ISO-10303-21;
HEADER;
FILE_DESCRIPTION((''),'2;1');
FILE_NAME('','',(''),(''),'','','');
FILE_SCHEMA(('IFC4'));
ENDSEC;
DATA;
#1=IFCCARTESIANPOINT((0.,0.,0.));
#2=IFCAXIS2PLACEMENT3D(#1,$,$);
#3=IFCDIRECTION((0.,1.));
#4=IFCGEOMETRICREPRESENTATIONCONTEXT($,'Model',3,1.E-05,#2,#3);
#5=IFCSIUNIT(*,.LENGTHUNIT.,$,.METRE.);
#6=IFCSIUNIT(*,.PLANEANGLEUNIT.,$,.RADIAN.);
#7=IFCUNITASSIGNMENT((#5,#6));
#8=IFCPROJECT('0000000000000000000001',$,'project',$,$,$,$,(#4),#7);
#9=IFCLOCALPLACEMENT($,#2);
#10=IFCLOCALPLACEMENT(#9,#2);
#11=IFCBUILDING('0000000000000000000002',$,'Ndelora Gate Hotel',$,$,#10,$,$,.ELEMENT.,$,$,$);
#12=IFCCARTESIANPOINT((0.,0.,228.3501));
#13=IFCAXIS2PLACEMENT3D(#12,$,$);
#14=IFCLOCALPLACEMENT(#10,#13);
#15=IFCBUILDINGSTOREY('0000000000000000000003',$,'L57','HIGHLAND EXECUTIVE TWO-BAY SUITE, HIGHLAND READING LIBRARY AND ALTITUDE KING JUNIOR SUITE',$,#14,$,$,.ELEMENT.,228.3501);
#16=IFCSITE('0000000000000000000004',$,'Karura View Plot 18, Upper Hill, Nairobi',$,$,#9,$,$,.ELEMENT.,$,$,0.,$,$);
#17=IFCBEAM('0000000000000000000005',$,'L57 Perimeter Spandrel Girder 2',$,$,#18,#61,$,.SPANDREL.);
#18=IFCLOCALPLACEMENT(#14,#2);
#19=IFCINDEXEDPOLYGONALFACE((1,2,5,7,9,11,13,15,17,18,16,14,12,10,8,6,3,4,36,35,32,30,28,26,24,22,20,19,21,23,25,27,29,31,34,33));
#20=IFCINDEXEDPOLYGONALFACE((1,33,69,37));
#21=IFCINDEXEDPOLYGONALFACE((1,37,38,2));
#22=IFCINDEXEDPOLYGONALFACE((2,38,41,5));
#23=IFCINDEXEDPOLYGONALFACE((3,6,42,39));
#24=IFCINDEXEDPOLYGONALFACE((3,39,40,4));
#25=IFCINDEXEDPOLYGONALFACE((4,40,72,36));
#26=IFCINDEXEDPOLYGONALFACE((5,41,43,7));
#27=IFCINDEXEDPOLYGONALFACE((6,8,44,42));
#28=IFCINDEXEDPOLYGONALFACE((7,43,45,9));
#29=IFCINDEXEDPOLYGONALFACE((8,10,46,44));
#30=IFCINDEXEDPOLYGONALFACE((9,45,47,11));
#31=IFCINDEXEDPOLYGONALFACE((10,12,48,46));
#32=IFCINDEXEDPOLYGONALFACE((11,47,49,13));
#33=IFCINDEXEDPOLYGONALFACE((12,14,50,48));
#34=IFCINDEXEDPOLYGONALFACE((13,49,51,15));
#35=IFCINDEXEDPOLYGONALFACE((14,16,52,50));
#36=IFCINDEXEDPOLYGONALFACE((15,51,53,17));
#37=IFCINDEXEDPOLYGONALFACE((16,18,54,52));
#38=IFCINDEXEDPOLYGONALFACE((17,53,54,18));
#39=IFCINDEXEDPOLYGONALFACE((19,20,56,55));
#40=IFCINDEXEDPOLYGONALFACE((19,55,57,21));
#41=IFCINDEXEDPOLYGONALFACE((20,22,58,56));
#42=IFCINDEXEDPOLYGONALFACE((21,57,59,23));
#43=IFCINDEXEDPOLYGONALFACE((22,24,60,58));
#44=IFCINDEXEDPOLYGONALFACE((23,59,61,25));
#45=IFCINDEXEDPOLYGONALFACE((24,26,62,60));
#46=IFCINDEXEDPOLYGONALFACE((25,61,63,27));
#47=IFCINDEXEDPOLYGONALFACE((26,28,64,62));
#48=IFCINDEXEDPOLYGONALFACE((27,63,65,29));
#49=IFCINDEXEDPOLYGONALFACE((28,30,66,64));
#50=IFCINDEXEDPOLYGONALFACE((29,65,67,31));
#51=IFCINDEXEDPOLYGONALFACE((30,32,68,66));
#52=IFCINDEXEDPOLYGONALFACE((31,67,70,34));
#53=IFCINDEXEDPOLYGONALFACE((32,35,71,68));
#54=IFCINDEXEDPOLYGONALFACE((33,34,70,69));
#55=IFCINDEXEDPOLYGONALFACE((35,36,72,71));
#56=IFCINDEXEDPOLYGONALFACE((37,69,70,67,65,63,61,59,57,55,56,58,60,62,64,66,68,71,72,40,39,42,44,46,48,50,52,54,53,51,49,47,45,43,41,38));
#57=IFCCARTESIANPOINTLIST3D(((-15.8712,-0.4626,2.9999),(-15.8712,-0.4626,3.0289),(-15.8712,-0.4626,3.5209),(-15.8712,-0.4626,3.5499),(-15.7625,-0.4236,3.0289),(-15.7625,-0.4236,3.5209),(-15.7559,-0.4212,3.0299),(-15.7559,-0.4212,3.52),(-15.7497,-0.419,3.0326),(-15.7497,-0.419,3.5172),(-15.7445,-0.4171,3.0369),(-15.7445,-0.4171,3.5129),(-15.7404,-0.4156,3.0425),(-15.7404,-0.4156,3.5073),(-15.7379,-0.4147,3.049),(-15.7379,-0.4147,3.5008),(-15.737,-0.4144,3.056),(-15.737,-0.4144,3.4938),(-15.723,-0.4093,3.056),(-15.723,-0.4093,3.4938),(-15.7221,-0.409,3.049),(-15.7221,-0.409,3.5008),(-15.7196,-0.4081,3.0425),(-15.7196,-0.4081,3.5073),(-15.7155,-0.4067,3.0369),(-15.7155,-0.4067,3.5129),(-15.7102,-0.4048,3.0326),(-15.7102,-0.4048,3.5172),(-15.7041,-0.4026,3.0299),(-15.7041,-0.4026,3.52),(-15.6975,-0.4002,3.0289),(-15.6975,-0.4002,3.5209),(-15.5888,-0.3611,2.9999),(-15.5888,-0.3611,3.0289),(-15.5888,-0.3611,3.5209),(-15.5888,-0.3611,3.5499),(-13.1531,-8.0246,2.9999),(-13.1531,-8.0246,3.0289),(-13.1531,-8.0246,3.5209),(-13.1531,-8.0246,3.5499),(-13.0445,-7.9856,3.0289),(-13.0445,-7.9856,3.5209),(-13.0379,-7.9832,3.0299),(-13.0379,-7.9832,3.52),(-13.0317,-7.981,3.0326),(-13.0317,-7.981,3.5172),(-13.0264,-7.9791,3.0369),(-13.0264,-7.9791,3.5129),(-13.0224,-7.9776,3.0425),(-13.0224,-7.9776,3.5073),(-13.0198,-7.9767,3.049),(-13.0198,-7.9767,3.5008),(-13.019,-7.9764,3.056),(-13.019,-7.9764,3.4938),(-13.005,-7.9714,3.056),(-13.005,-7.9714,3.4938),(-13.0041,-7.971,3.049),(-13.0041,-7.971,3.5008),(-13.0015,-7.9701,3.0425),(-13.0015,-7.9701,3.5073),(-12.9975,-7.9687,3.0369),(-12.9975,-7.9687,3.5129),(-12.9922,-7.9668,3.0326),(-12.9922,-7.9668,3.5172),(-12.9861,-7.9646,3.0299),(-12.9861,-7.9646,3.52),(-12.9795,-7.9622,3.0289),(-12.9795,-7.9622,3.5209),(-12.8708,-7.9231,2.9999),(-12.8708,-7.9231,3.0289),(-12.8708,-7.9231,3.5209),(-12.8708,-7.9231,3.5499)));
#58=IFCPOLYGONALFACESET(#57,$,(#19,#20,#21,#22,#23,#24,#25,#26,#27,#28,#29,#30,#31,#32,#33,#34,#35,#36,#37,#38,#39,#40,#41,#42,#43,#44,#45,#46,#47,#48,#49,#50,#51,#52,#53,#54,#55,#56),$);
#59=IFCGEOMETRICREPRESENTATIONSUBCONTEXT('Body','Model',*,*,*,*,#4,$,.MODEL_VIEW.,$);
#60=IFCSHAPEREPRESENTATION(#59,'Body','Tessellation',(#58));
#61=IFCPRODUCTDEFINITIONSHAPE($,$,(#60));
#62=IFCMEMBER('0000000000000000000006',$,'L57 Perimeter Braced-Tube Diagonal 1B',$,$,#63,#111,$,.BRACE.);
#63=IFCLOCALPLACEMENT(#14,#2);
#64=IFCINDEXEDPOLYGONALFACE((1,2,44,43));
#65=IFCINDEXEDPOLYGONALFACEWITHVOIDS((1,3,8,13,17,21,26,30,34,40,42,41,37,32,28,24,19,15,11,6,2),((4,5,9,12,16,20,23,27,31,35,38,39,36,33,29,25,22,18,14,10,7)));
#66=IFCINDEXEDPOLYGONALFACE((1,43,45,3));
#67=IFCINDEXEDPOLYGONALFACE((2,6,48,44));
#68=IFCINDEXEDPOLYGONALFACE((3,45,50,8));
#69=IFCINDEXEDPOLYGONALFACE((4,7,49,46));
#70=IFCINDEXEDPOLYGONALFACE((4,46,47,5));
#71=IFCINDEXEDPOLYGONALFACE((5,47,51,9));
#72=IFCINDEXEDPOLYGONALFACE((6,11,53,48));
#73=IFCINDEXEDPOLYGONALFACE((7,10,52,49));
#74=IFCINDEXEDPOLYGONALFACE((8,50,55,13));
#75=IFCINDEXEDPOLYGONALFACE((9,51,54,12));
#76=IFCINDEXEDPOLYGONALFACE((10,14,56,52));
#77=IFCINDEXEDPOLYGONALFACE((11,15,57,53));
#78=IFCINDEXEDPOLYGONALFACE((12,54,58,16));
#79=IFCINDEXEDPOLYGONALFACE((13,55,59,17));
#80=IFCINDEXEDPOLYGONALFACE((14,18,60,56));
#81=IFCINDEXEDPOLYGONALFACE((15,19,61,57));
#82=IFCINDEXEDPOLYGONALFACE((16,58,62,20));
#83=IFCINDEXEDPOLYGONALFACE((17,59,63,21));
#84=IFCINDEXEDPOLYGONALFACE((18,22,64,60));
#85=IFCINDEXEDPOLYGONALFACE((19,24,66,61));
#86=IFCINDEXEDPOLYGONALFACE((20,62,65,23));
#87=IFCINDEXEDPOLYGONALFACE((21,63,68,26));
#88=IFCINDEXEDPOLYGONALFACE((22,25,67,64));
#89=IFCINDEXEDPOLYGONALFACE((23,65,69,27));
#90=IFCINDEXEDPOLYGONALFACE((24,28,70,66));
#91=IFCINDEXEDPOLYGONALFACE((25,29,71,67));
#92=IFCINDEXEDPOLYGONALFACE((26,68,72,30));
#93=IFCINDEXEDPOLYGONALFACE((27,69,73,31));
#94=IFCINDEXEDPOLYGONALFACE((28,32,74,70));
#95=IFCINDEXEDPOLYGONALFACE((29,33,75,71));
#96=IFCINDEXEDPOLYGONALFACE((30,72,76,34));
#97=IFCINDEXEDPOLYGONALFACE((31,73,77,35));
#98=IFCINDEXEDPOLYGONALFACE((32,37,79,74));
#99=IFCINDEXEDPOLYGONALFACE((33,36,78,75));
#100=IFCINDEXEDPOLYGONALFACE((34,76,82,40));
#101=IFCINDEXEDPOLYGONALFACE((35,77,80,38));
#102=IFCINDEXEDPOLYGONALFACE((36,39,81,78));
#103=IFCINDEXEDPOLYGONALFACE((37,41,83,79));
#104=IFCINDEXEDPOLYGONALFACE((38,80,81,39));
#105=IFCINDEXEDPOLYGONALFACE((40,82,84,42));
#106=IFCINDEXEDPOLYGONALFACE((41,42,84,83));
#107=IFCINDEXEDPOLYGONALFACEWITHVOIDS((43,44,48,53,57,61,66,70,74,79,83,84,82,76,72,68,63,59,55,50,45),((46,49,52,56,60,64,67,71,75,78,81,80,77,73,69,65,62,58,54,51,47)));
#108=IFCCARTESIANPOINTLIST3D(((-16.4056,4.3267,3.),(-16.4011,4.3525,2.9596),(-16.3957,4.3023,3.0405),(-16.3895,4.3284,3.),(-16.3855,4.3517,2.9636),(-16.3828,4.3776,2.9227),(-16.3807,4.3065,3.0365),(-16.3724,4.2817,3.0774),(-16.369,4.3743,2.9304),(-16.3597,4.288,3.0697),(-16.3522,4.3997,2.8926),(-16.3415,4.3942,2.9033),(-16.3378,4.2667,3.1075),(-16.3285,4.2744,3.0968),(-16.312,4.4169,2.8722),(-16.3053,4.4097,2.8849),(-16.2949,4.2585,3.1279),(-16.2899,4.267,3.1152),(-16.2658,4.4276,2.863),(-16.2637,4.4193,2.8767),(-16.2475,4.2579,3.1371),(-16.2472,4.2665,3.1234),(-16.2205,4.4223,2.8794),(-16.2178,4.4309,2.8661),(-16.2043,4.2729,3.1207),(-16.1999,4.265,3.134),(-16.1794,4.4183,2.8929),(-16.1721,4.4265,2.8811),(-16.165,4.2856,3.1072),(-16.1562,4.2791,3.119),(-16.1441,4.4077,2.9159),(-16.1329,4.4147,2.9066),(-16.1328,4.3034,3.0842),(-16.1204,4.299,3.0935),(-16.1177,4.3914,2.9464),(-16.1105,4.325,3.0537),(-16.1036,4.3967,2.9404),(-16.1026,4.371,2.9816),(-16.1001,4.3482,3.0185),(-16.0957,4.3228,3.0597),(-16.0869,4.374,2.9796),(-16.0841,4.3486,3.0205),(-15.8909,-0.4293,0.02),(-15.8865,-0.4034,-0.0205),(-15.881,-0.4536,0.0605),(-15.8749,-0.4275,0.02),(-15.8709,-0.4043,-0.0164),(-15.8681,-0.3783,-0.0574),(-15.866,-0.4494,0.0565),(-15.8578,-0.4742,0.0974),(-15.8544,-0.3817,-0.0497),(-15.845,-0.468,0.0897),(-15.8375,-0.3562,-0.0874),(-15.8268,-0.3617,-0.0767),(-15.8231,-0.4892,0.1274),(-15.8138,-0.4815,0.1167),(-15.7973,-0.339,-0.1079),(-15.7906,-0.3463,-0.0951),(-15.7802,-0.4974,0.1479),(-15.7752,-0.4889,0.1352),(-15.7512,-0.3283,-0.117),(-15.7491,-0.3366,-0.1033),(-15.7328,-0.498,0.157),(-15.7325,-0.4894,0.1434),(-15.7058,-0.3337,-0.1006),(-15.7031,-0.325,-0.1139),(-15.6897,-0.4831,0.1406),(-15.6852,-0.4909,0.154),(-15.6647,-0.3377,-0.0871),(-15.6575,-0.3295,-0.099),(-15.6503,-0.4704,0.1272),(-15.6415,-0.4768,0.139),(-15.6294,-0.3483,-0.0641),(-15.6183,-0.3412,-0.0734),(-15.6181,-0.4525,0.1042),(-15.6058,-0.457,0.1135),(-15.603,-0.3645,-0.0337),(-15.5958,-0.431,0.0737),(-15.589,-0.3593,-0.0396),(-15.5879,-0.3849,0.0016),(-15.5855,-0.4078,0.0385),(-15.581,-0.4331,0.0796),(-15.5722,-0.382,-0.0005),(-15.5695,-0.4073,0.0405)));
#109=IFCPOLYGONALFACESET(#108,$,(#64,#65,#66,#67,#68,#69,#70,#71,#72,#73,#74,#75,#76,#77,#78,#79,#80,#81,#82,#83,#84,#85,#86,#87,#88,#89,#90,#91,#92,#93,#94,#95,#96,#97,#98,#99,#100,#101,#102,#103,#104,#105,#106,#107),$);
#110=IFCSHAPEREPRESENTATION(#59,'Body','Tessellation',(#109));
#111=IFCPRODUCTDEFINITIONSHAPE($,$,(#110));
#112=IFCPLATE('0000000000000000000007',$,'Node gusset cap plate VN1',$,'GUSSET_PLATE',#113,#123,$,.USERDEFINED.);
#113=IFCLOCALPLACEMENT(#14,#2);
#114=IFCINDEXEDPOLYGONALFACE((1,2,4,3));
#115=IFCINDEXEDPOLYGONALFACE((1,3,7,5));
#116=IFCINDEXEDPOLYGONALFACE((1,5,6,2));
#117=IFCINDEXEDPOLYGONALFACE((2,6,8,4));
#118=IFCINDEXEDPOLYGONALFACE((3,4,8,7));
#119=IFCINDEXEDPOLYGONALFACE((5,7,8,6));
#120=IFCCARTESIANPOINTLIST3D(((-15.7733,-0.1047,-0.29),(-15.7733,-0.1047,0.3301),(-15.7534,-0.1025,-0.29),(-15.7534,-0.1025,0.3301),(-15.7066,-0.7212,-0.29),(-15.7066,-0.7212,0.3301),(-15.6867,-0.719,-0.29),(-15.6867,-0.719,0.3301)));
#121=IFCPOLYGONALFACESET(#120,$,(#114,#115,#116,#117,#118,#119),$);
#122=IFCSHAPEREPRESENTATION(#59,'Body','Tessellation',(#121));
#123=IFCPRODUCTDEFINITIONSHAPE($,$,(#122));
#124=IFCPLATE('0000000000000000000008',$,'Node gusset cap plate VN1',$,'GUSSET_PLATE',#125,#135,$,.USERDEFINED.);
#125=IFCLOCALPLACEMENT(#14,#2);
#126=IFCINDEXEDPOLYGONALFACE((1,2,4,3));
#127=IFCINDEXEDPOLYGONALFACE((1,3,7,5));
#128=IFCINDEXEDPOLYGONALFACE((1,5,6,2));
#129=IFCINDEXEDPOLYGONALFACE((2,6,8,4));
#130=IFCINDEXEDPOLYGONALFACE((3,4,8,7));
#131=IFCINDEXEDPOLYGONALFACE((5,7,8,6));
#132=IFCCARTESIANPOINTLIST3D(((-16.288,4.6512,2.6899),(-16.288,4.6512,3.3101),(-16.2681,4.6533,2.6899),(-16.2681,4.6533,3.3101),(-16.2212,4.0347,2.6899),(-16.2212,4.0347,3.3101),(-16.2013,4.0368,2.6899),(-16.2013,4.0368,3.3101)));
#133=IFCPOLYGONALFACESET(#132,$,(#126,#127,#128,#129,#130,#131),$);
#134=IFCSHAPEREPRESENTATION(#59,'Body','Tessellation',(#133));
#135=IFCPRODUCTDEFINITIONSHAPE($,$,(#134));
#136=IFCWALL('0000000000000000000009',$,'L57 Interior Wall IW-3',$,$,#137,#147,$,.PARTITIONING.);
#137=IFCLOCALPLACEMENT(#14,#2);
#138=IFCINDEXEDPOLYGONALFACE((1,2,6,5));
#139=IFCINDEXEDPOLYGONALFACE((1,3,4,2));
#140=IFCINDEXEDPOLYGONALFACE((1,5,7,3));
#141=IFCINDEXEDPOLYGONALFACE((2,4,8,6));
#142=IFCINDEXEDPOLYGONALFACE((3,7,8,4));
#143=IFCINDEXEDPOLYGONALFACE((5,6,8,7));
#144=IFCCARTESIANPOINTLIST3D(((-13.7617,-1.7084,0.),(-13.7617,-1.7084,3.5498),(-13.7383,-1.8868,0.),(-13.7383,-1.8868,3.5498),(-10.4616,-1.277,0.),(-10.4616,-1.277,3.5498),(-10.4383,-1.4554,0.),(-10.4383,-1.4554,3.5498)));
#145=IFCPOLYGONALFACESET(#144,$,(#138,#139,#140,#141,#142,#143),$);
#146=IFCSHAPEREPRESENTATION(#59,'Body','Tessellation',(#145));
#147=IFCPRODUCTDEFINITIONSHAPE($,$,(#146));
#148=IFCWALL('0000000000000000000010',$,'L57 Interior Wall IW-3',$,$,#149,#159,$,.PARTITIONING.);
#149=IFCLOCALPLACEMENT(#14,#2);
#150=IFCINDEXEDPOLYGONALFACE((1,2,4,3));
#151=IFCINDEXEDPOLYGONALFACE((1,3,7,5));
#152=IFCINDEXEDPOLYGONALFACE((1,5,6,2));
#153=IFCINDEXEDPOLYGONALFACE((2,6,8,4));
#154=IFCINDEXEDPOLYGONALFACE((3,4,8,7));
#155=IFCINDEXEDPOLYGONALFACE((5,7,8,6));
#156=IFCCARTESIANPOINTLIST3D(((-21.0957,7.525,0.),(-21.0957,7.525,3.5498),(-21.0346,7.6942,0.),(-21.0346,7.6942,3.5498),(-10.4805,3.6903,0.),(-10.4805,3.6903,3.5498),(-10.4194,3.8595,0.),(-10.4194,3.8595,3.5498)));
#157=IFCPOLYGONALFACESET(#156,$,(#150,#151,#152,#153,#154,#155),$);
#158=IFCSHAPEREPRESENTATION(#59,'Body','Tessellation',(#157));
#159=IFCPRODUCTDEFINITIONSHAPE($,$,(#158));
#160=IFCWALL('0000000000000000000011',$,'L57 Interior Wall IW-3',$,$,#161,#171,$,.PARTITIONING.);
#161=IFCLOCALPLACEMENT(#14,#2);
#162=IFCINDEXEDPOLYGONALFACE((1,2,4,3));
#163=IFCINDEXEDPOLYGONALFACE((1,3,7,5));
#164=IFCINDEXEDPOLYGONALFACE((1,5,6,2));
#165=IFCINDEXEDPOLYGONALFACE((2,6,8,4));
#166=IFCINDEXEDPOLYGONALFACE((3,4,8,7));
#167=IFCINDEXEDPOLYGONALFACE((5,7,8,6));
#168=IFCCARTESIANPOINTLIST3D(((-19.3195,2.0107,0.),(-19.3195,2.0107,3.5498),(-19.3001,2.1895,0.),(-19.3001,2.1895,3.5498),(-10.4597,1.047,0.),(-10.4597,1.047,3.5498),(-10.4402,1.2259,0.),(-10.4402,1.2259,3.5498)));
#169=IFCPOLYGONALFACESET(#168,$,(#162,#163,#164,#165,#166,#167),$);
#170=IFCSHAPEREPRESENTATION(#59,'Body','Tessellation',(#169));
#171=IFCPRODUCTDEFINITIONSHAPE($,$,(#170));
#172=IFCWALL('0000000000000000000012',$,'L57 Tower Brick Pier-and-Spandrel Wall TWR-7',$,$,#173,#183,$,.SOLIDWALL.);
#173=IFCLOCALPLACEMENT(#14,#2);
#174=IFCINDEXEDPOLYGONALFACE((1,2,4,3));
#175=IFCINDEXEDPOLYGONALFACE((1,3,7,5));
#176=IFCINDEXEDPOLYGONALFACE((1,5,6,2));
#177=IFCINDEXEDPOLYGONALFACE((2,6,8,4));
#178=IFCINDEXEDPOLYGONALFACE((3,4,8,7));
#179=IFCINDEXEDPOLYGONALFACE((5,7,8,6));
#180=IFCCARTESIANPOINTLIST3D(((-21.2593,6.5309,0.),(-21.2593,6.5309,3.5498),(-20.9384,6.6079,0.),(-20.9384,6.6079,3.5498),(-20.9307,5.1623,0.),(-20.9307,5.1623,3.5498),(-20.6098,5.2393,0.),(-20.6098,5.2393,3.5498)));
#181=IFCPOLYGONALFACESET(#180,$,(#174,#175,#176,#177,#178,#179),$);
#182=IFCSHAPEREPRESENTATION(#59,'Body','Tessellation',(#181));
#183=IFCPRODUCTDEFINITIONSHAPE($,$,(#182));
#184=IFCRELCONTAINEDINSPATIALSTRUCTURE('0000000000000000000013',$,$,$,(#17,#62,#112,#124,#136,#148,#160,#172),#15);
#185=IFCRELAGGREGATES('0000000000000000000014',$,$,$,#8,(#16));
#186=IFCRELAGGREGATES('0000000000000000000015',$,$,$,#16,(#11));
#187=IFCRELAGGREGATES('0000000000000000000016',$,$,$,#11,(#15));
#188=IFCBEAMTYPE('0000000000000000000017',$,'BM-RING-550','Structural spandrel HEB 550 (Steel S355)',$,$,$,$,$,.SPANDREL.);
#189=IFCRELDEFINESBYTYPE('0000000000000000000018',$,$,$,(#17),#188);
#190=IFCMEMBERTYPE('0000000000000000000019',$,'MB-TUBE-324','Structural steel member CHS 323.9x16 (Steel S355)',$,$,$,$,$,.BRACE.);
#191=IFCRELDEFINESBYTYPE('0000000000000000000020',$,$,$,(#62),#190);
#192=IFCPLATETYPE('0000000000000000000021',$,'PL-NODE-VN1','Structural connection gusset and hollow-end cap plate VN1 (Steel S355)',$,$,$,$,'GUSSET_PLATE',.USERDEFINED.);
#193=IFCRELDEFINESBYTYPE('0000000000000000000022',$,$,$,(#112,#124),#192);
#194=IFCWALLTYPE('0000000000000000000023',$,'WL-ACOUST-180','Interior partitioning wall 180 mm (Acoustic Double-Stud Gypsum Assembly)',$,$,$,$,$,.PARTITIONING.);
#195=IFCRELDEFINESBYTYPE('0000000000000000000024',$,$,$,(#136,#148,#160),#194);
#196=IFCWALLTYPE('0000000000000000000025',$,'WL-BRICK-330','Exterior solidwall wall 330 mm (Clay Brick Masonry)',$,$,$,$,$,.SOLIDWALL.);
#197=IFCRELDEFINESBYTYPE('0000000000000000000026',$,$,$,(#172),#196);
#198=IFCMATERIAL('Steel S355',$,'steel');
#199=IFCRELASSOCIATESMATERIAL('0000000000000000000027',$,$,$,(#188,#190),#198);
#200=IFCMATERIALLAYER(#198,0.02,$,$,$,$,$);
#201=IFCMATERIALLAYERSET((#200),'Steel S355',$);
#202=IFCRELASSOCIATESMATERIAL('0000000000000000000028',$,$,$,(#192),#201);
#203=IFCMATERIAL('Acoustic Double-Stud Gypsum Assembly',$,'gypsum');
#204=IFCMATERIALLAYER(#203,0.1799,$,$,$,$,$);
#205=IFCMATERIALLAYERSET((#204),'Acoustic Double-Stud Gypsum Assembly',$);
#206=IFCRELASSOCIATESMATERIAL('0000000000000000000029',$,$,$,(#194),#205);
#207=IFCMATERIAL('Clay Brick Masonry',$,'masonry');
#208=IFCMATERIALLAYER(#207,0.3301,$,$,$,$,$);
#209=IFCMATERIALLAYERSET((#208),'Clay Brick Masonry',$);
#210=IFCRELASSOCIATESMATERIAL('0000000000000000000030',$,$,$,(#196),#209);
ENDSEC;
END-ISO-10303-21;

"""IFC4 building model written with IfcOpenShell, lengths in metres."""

from ifc_helpers import new_model, si_unit, direction, frame, frame_2d, origin, origin_2d, place, context, subcontext, project, spatial, rectangle, hollow_circle, i_section, extrude, material, layer, layer_set, material_profile, profile_set, type_object, element, save


model = new_model("IFC4")

# Units and contexts
model_context = context("Model", 3, precision=1e-05, world=origin(), true_north=direction((0.0, 1.0)))
body_context = subcontext(model_context, "Body", "Model", "MODEL_VIEW")
ifc_project = project(units=[si_unit("LENGTHUNIT", "METRE"), si_unit("PLANEANGLEUNIT", "RADIAN")], contexts=[model_context])

# Site, building, storey
site_placement = place(None, origin())
site = spatial("IfcSite", under=ifc_project, at=site_placement, Name="Karura View Plot 18, Upper Hill, Nairobi", CompositionType="ELEMENT", RefElevation=0.0)
building_placement = place(site_placement, origin())
building = spatial("IfcBuilding", under=site, at=building_placement, Name="Ndelora Gate Hotel", CompositionType="ELEMENT")
storey_placement = place(building_placement, frame((0.0, 0.0, 228.3501)))
storey = spatial("IfcBuildingStorey", under=building, at=storey_placement, Name="L57", Description="HIGHLAND EXECUTIVE TWO-BAY SUITE, HIGHLAND READING LIBRARY AND ALTITUDE KING JUNIOR SUITE", CompositionType="ELEMENT", Elevation=228.3501)

# Beam
ifc_material_1 = material(Name="Steel S355", Category="steel")
ifc_material_profile_1 = material_profile(ifc_material_1, i_section(OverallWidth=0.3, OverallDepth=0.55, WebThickness=0.0149, FlangeThickness=0.0291, FilletRadius=0.0271, at=origin_2d()), Name="HEB 550")
ifc_profile_set_1 = profile_set([ifc_material_profile_1], Name="Steel S355")
beam_type_1 = type_object("IfcBeamType", Name="BM-RING-550", Description="Structural spandrel HEB 550 (Steel S355)", PredefinedType="SPANDREL", material=ifc_profile_set_1)
beam_1_placement = place(storey_placement, frame((-15.73, -0.4119, 3.2749), z_axis=(0.338245, -0.941058, 0.0), x_axis=(0.941058, 0.338245, 0.0)))
element("IfcBeam", 1, at=beam_1_placement, inside=storey, type_object=beam_type_1, Name="L57 Perimeter Spandrel Girder 2", PredefinedType="SPANDREL", context=body_context, shape_type="SweptSolid", body=[
    extrude(i_section(OverallWidth=0.3, OverallDepth=0.55, WebThickness=0.0149, FlangeThickness=0.0291, FilletRadius=0.0271, at=origin_2d()), origin(), (0.0, 0.0, 1.0), 8.0356),
])

# Member
ifc_material_profile_2 = material_profile(ifc_material_1, hollow_circle(Radius=0.1619, WallThickness=0.0161, at=origin_2d()), Name="CHS 323.9x16")
ifc_profile_set_2 = profile_set([ifc_material_profile_2], Name="Steel S355")
member_type = type_object("IfcMemberType", Name="MB-TUBE-324", Description="Structural steel member CHS 323.9x16 (Steel S355)", PredefinedType="BRACE", material=ifc_profile_set_2)
member_placement = place(storey_placement, frame((-15.73, -0.4119, 0.02), z_axis=(-0.091316, 0.843851, 0.52875), x_axis=(-0.994196, -0.107585, 0.0)))
element("IfcMember", 2, at=member_placement, inside=storey, type_object=member_type, Name="L57 Perimeter Braced-Tube Diagonal 1B", PredefinedType="BRACE", context=body_context, shape_type="SweptSolid", body=[
    extrude(hollow_circle(Radius=0.1619, WallThickness=0.0161, at=origin_2d()), origin(), (0.0, 0.0, 1.0), 5.636),
])

# Plates
ifc_layer_1 = layer(ifc_material_1, 0.02)
ifc_layer_set_1 = layer_set([ifc_layer_1], Name="Steel S355")
plate_type = type_object("IfcPlateType", Name="PL-NODE-VN1", Description="Structural connection gusset and hollow-end cap plate VN1 (Steel S355)", ElementType="GUSSET_PLATE", PredefinedType="USERDEFINED", material=ifc_layer_set_1)
for number, where, z_axis, x_axis, name in (
    (3, (-15.73, -0.4119, -0.29), (0.0, 0.0, 1.0), (-0.107652, 0.994189, 0.0), "Node gusset cap plate VN1"),
    (4, (-16.2446, 4.344, 2.6899), (0.0, 0.0, 1.0), (-0.107652, 0.994189, 0.0), "Node gusset cap plate VN1"),
):
    element("IfcPlate", number, at=place(storey_placement, frame(where, z_axis=z_axis, x_axis=x_axis)), inside=storey, type_object=plate_type, Name=name, ObjectType="GUSSET_PLATE", PredefinedType="USERDEFINED", context=body_context, shape_type="SweptSolid", body=[
        extrude(rectangle(XDim=0.6201, YDim=0.02, at=origin_2d()), origin(), (0.0, 0.0, 1.0), 0.6201),
    ])

# Walls
ifc_material_2 = material(Name="Acoustic Double-Stud Gypsum Assembly", Category="gypsum")
ifc_layer_2 = layer(ifc_material_2, 0.1799)
ifc_layer_set_2 = layer_set([ifc_layer_2], Name="Acoustic Double-Stud Gypsum Assembly")
wall_type_1 = type_object("IfcWallType", Name="WL-ACOUST-180", Description="Interior partitioning wall 180 mm (Acoustic Double-Stud Gypsum Assembly)", PredefinedType="PARTITIONING", material=ifc_layer_set_2)
wall_1_placement = place(storey_placement, frame((-10.45, -1.3662, 0.0), z_axis=(0.0, 0.0, 1.0), x_axis=(-0.991564, -0.129621, 0.0)))
element("IfcWall", 5, at=wall_1_placement, inside=storey, type_object=wall_type_1, Name="L57 Interior Wall IW-3", PredefinedType="PARTITIONING", context=body_context, shape_type="SweptSolid", body=[
    extrude(rectangle(XDim=3.3281, YDim=0.1799, at=frame_2d((1.6641, 0.0))), origin(), (0.0, 0.0, 1.0), 3.5498),
])
wall_2_placement = place(storey_placement, frame((-10.45, 3.7749, 0.0), z_axis=(0.0, 0.0, 1.0), x_axis=(-0.940513, 0.339757, 0.0)))
element("IfcWall", 6, at=wall_2_placement, inside=storey, type_object=wall_type_1, Name="L57 Interior Wall IW-3", PredefinedType="PARTITIONING", context=body_context, shape_type="SweptSolid", body=[
    extrude(rectangle(XDim=11.2866, YDim=0.1799, at=frame_2d((5.6433, 0.0))), origin(), (0.0, 0.0, 1.0), 3.5498),
])
wall_3_placement = place(storey_placement, frame((-10.45, 1.1365, 0.0), z_axis=(0.0, 0.0, 1.0), x_axis=(-0.994137, 0.108125, 0.0)))
element("IfcWall", 7, at=wall_3_placement, inside=storey, type_object=wall_type_1, Name="L57 Interior Wall IW-3", PredefinedType="PARTITIONING", context=body_context, shape_type="SweptSolid", body=[
    extrude(rectangle(XDim=8.9121, YDim=0.1799, at=frame_2d((4.4561, 0.0))), origin(), (0.0, 0.0, 1.0), 3.5498),
])
ifc_material_3 = material(Name="Clay Brick Masonry", Category="masonry")
ifc_layer_3 = layer(ifc_material_3, 0.3301)
ifc_layer_set_3 = layer_set([ifc_layer_3], Name="Clay Brick Masonry")
wall_type_2 = type_object("IfcWallType", Name="WL-BRICK-330", Description="Exterior solidwall wall 330 mm (Clay Brick Masonry)", PredefinedType="SOLIDWALL", material=ifc_layer_set_3)
wall_4_placement = place(storey_placement, frame((-20.7703, 5.2009, 0.0), z_axis=(0.0, 0.0, 1.0), x_axis=(-0.233465, 0.972365, 0.0)))
element("IfcWall", 8, at=wall_4_placement, inside=storey, type_object=wall_type_2, Name="L57 Tower Brick Pier-and-Spandrel Wall TWR-7", PredefinedType="SOLIDWALL", context=body_context, shape_type="SweptSolid", body=[
    extrude(rectangle(XDim=1.4075, YDim=0.3301, at=frame_2d((0.7036, 0.0))), origin(), (0.0, 0.0, 1.0), 3.5498),
])

save(model, "model.ifc")
